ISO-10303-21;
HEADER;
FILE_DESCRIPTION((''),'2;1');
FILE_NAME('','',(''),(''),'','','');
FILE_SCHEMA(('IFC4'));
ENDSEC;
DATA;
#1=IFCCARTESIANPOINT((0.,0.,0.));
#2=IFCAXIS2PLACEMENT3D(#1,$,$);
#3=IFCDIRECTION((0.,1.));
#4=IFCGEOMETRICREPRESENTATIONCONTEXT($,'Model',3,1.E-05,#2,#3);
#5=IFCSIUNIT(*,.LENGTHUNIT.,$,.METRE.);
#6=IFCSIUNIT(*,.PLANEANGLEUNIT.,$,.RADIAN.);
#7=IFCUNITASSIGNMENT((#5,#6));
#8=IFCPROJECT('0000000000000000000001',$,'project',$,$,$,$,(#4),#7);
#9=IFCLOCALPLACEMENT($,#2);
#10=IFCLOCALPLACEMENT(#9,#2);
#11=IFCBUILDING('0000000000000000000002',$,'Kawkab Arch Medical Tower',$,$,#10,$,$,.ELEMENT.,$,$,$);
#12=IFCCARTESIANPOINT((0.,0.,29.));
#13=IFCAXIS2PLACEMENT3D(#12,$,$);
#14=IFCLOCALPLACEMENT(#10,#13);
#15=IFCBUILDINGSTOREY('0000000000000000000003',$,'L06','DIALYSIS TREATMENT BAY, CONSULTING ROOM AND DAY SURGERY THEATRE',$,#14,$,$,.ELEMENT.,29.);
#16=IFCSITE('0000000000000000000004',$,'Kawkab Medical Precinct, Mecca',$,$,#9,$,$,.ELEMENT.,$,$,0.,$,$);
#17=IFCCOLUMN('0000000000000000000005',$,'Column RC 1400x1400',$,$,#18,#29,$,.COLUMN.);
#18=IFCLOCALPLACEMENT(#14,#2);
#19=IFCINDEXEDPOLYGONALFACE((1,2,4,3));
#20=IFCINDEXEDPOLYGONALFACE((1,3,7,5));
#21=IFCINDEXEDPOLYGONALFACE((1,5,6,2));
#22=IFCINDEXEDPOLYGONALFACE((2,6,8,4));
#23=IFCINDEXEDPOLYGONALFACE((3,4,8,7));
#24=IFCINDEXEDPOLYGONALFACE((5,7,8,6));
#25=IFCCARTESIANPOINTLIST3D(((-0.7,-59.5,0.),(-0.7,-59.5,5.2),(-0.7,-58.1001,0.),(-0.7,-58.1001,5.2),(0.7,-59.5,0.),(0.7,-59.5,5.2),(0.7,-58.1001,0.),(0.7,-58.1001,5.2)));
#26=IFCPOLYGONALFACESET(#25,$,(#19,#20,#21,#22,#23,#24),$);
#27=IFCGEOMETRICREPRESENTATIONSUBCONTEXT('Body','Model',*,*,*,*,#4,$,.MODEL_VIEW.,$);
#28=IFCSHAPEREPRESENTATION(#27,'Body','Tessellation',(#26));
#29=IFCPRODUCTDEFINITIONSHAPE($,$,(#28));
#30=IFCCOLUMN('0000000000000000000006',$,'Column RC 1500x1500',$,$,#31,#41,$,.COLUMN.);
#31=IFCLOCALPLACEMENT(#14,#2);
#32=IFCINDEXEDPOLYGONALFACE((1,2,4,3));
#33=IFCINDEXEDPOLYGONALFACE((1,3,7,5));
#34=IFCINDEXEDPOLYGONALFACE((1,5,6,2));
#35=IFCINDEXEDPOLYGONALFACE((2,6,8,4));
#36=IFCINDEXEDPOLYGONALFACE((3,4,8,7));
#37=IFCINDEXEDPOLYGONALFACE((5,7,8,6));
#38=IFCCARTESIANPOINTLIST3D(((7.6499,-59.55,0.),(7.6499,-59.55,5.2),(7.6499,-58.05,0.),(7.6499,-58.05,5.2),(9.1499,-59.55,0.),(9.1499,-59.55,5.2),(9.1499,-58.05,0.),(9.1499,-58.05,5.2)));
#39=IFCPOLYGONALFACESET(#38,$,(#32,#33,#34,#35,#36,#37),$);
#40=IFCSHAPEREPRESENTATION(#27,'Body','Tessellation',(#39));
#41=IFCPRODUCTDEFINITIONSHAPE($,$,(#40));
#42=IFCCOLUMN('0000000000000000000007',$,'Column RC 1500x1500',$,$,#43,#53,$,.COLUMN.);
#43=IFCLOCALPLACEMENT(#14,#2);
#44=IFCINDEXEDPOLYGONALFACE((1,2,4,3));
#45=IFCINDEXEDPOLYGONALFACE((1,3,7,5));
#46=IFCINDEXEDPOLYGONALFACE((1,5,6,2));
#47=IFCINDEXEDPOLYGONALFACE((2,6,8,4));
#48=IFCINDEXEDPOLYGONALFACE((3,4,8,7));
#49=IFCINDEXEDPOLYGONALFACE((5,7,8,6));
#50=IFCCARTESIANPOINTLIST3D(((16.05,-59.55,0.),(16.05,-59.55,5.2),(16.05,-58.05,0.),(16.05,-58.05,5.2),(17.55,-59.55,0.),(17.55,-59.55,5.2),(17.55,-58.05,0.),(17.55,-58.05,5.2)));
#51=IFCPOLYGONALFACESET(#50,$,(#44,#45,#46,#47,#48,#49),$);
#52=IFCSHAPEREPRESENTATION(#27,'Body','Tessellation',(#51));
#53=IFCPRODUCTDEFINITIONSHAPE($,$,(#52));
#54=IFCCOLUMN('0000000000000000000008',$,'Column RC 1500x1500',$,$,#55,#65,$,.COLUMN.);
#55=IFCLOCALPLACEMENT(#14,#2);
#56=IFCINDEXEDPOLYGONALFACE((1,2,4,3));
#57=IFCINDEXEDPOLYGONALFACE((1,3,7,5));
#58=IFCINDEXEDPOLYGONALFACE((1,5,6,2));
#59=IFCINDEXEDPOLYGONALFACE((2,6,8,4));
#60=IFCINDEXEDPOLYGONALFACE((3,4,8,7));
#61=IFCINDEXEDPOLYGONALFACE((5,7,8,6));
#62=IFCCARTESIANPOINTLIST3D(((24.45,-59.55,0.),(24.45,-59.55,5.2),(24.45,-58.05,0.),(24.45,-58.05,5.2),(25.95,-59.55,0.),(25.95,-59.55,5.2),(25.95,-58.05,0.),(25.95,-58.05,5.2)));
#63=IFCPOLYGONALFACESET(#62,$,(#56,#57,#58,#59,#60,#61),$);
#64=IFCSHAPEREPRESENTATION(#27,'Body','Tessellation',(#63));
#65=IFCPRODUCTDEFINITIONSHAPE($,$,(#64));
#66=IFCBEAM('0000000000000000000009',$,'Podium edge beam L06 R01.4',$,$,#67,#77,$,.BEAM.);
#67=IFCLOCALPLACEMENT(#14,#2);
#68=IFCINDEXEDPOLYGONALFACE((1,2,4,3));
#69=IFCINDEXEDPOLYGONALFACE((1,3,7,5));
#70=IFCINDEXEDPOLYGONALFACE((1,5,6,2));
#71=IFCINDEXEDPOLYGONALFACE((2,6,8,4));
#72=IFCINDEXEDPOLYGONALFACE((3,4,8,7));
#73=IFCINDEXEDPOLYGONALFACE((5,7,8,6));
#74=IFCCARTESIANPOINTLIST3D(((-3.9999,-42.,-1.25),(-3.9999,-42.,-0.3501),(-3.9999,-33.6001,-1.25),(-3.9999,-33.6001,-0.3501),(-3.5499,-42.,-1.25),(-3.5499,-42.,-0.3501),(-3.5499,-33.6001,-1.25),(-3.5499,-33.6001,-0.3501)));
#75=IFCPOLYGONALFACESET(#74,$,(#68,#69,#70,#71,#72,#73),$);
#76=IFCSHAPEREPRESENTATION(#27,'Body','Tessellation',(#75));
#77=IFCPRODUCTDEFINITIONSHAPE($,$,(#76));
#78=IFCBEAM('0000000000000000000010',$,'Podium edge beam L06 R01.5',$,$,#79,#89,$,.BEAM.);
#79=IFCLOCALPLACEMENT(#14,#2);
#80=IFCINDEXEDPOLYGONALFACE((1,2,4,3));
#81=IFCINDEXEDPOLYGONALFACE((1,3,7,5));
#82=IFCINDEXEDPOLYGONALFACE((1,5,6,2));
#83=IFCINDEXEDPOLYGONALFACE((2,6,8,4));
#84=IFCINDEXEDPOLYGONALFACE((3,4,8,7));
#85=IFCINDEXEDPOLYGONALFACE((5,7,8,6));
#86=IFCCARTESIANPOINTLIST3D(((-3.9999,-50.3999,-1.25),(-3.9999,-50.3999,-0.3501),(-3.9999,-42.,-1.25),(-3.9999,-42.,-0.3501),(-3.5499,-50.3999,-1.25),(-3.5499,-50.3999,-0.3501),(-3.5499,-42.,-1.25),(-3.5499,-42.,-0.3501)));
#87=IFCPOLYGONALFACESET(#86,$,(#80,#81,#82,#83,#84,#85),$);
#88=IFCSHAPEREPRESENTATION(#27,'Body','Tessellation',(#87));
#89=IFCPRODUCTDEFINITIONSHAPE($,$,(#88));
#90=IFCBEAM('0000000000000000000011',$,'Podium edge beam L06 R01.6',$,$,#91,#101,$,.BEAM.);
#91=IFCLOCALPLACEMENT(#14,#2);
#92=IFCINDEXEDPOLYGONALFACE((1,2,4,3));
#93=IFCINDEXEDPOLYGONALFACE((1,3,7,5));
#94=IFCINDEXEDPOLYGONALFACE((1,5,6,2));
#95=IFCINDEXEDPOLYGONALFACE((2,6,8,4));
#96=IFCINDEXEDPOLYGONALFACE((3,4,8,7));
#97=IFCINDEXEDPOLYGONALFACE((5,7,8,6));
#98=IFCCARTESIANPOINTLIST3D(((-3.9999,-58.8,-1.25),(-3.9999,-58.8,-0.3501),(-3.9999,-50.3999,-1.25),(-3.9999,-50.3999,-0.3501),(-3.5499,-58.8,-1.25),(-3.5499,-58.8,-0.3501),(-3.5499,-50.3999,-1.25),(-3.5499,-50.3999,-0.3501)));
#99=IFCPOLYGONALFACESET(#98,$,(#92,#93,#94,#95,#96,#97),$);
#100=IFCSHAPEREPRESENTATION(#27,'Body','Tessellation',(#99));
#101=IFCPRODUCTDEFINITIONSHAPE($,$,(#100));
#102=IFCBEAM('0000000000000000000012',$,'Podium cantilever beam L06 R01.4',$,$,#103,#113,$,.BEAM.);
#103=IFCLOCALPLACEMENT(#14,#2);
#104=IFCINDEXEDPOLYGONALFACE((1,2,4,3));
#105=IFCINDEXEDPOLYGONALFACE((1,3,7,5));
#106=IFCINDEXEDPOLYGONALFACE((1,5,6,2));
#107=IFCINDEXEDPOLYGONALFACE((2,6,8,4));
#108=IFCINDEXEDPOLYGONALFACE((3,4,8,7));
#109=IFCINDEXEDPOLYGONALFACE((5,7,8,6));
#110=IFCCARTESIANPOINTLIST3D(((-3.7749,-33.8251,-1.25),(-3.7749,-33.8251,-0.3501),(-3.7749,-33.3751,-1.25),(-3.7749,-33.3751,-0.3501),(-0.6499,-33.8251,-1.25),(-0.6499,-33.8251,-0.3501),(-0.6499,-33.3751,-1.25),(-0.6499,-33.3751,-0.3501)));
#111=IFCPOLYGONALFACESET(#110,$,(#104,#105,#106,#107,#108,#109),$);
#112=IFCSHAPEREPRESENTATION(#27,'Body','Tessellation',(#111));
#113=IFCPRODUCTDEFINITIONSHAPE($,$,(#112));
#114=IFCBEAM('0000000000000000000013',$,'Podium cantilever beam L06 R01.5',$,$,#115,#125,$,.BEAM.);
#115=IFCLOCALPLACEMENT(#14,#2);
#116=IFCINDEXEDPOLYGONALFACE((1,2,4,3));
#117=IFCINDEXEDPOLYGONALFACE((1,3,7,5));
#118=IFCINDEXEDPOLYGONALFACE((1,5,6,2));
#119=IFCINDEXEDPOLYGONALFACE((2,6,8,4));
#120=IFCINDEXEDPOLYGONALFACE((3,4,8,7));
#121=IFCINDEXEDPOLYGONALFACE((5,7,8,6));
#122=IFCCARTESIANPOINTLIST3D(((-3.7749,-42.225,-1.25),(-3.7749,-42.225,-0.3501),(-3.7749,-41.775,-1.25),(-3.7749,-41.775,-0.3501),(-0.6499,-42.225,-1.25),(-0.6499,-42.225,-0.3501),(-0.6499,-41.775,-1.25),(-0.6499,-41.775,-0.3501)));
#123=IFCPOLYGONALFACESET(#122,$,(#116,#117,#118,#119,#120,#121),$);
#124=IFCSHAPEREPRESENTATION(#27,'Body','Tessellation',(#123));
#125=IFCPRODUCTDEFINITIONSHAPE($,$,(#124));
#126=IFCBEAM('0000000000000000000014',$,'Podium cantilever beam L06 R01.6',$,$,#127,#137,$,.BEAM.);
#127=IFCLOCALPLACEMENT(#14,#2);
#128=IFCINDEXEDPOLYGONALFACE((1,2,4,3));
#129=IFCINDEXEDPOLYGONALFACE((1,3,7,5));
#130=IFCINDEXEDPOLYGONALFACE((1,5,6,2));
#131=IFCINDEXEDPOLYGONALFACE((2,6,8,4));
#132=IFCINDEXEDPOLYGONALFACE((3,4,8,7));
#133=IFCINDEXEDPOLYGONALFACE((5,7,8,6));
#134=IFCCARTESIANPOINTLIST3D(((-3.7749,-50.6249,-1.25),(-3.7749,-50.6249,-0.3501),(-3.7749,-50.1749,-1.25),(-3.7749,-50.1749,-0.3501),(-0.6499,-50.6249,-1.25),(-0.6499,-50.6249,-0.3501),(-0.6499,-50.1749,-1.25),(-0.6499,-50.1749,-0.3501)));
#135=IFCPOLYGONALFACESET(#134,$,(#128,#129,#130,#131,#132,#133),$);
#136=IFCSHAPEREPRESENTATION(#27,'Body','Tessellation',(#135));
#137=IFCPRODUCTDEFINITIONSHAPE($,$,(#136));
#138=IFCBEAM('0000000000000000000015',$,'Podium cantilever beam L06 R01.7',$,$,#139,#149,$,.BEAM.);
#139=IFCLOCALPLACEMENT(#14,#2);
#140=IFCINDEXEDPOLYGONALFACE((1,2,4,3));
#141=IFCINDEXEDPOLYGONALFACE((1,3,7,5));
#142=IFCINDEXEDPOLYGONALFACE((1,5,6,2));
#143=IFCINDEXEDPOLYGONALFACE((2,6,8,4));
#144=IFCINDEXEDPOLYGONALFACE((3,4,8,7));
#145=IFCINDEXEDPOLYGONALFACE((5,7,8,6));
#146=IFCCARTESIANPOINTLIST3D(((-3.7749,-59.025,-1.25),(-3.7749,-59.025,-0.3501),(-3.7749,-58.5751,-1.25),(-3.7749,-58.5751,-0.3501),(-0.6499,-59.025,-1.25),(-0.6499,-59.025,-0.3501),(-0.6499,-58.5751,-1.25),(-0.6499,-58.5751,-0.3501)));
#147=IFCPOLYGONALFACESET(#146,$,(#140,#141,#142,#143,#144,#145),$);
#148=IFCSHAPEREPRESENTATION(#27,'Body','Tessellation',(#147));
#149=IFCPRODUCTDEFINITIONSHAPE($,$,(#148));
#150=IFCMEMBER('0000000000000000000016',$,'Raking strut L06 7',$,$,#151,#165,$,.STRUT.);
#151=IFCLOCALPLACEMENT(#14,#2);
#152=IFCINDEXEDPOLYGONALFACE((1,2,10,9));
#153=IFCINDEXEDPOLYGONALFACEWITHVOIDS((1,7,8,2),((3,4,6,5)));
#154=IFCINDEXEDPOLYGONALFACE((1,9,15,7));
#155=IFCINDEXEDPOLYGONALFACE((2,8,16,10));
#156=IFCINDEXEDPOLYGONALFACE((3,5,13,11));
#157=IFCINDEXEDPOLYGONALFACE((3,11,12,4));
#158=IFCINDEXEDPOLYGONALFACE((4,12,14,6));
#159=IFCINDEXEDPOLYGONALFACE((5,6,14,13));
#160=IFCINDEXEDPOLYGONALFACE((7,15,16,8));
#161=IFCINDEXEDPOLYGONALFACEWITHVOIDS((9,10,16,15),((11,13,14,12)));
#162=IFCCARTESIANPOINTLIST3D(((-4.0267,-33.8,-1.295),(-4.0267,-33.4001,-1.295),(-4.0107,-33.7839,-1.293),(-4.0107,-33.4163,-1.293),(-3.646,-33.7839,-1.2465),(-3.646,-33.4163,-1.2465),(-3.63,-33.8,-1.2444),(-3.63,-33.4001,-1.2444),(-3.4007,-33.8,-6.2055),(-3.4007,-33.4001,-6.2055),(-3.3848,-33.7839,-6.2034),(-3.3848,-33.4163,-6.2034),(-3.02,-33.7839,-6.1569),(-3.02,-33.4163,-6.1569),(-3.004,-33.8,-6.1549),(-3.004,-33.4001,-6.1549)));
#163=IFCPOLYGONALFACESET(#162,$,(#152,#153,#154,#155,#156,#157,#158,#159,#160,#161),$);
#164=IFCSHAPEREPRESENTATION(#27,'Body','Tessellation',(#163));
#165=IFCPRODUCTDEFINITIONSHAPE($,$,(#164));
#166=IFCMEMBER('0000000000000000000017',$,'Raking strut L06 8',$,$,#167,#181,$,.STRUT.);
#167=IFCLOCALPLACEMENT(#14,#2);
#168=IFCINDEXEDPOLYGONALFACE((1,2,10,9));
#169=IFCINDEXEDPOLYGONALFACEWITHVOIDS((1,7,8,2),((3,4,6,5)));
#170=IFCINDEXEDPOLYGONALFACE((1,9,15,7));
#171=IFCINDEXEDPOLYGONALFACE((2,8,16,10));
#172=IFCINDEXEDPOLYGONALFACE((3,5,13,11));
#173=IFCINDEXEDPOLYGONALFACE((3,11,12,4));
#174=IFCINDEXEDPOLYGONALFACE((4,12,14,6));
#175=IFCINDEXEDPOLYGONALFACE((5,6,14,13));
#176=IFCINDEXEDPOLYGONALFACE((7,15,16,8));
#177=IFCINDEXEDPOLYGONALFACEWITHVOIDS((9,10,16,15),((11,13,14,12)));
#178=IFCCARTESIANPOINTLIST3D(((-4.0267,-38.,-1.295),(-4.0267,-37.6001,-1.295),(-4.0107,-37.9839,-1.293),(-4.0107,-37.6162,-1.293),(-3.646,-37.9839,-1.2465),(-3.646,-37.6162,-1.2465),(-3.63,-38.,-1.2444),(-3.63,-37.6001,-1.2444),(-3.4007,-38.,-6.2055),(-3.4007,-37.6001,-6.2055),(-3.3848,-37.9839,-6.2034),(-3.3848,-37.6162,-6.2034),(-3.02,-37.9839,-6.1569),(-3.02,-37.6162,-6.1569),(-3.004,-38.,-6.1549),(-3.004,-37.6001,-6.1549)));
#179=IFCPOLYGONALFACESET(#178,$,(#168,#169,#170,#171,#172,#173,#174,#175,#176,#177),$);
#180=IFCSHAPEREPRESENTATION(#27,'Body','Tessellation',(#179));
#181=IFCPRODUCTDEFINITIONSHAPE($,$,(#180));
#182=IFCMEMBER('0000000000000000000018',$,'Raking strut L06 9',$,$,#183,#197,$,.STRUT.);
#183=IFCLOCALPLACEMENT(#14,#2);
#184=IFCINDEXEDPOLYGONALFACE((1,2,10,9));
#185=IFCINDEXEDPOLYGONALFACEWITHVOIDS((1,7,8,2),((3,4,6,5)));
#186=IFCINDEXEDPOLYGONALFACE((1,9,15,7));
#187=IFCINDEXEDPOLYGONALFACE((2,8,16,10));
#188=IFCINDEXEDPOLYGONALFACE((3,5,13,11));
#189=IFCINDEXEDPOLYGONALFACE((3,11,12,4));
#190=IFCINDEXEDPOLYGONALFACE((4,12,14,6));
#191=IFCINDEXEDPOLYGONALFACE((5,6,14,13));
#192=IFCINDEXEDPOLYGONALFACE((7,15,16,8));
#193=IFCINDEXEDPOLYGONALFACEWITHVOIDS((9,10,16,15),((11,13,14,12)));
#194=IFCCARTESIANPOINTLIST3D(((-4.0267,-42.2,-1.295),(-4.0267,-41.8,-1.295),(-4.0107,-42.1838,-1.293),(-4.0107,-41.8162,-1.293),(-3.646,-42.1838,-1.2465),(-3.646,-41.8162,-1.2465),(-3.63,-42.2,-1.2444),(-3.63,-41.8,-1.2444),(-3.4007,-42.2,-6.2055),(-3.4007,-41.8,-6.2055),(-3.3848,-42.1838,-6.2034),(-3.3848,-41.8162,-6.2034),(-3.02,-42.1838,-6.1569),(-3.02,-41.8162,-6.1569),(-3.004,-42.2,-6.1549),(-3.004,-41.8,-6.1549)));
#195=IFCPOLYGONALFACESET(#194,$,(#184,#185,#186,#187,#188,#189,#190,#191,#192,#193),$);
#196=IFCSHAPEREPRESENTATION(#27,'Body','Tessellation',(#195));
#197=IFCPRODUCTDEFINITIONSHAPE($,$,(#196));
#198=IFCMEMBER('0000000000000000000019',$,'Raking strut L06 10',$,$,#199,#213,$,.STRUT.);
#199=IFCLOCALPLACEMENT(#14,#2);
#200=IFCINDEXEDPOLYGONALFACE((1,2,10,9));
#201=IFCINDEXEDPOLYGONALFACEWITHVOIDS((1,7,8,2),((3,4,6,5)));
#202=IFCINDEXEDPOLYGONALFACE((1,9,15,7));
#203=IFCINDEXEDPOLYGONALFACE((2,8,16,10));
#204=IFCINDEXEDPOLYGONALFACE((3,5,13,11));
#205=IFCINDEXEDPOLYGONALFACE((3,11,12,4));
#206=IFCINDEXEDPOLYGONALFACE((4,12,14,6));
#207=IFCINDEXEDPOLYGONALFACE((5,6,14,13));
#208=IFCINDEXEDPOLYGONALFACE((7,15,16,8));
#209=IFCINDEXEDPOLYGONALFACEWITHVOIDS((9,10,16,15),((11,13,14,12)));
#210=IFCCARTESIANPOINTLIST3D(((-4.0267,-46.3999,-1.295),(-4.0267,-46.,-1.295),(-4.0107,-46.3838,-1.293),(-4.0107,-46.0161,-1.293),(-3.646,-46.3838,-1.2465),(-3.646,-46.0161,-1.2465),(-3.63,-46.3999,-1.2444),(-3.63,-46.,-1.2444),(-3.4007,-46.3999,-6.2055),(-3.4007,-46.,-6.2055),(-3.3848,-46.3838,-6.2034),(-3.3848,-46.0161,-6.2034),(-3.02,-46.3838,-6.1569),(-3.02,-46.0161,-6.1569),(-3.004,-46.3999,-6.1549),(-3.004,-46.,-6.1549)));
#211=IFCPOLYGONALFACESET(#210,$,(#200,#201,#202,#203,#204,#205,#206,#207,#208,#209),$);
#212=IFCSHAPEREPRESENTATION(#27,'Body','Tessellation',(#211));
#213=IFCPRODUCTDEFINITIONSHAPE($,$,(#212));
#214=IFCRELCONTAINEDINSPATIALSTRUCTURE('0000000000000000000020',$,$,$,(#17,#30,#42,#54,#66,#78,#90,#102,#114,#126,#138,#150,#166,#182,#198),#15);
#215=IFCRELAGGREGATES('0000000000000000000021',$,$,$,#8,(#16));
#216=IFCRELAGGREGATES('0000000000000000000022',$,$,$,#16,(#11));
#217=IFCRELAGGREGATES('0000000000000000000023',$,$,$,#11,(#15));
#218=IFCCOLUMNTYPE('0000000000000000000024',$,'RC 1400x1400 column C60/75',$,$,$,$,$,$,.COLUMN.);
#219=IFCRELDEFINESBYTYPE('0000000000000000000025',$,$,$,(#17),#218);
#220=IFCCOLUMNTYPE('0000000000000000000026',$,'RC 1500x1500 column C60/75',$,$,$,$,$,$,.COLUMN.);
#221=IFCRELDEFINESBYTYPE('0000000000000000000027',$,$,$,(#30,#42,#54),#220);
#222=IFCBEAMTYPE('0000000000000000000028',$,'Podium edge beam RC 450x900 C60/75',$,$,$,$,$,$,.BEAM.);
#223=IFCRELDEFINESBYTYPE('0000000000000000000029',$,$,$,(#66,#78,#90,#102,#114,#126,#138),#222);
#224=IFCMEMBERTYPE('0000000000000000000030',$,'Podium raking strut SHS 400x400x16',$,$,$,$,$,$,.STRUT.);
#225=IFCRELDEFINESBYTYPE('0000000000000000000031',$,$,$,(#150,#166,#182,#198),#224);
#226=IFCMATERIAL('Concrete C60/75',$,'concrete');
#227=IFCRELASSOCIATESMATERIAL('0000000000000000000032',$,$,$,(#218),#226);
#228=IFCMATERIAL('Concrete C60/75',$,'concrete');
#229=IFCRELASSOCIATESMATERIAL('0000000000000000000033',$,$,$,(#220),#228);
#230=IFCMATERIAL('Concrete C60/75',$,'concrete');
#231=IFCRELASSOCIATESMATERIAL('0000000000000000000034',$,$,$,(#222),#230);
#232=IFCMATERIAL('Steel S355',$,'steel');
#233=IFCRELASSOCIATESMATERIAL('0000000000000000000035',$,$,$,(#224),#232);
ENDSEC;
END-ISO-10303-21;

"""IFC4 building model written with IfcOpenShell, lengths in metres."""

from ifc_helpers import new_model, si_unit, direction, frame, origin, origin_2d, place, context, subcontext, project, spatial, rectangle, hollow_rectangle, extrude, material, material_profile, profile_set, type_object, element, save


model = new_model("IFC4")

# Units and contexts
model_context = context("Model", 3, precision=1e-05, world=origin(), true_north=direction((0.0, 1.0)))
body_context = subcontext(model_context, "Body", "Model", "MODEL_VIEW")
ifc_project = project(units=[si_unit("LENGTHUNIT", "METRE"), si_unit("PLANEANGLEUNIT", "RADIAN")], contexts=[model_context])

# Site, building, storey
site_placement = place(None, origin())
site = spatial("IfcSite", under=ifc_project, at=site_placement, Name="Kawkab Medical Precinct, Mecca", CompositionType="ELEMENT", RefElevation=0.0)
building_placement = place(site_placement, origin())
building = spatial("IfcBuilding", under=site, at=building_placement, Name="Kawkab Arch Medical Tower", CompositionType="ELEMENT")
storey_placement = place(building_placement, frame((0.0, 0.0, 29.0)))
storey = spatial("IfcBuildingStorey", under=building, at=storey_placement, Name="L06", Description="DIALYSIS TREATMENT BAY, CONSULTING ROOM AND DAY SURGERY THEATRE", CompositionType="ELEMENT", Elevation=29.0)

# Columns
ifc_material_1 = material(Name="Concrete C60/75", Category="concrete")
ifc_material_profile_1 = material_profile(ifc_material_1, rectangle(XDim=1.3999, YDim=1.3999, at=origin_2d()), Name="RC 1400x1400")
ifc_profile_set_1 = profile_set([ifc_material_profile_1], Name="Concrete C60/75")
column_type_1 = type_object("IfcColumnType", Name="RC 1400x1400 column C60/75", PredefinedType="COLUMN", material=ifc_profile_set_1)
column_placement = place(storey_placement, frame((0.0, -58.8, 0.0), z_axis=(0.0, 0.0, 1.0), x_axis=(1.0, 0.0, 0.0)))
element("IfcColumn", 1, at=column_placement, inside=storey, type_object=column_type_1, Name="Column RC 1400x1400", PredefinedType="COLUMN", context=body_context, shape_type="SweptSolid", body=[
    extrude(rectangle(XDim=1.3999, YDim=1.3999, at=origin_2d()), origin(), (0.0, 0.0, 1.0), 5.2),
])
ifc_material_2 = material(Name="Concrete C60/75", Category="concrete")
ifc_material_profile_2 = material_profile(ifc_material_2, rectangle(XDim=1.5, YDim=1.5, at=origin_2d()), Name="RC 1500x1500")
ifc_profile_set_2 = profile_set([ifc_material_profile_2], Name="Concrete C60/75")
column_type_2 = type_object("IfcColumnType", Name="RC 1500x1500 column C60/75", PredefinedType="COLUMN", material=ifc_profile_set_2)
for number, where, z_axis, x_axis, name in (
    (2, (8.3999, -58.8, 0.0), (0.0, 0.0, 1.0), (1.0, 0.0, 0.0), "Column RC 1500x1500"),
    (3, (16.8, -58.8, 0.0), (0.0, 0.0, 1.0), (1.0, 0.0, 0.0), "Column RC 1500x1500"),
    (4, (25.2, -58.8, 0.0), (0.0, 0.0, 1.0), (1.0, 0.0, 0.0), "Column RC 1500x1500"),
):
    element("IfcColumn", number, at=place(storey_placement, frame(where, z_axis=z_axis, x_axis=x_axis)), inside=storey, type_object=column_type_2, Name=name, PredefinedType="COLUMN", context=body_context, shape_type="SweptSolid", body=[
        extrude(rectangle(XDim=1.5, YDim=1.5, at=origin_2d()), origin(), (0.0, 0.0, 1.0), 5.2),
    ])

# Beams
ifc_material_3 = material(Name="Concrete C60/75", Category="concrete")
ifc_material_profile_3 = material_profile(ifc_material_3, rectangle(XDim=0.45, YDim=0.8999, at=origin_2d()), Name="RC 450x900")
ifc_profile_set_3 = profile_set([ifc_material_profile_3], Name="Concrete C60/75")
beam_type_1 = type_object("IfcBeamType", Name="Podium edge beam RC 450x900 C60/75", PredefinedType="BEAM", material=ifc_profile_set_3)
for number, where, z_axis, x_axis, name in (
    (5, (-3.7749, -33.6001, -0.8), (0.0, -1.0, 0.0), (1.0, 0.0, 0.0), "Podium edge beam L06 R01.4"),
    (6, (-3.7749, -42.0, -0.8), (0.0, -1.0, 0.0), (1.0, 0.0, 0.0), "Podium edge beam L06 R01.5"),
):
    element("IfcBeam", number, at=place(storey_placement, frame(where, z_axis=z_axis, x_axis=x_axis)), inside=storey, type_object=beam_type_1, Name=name, PredefinedType="BEAM", context=body_context, shape_type="SweptSolid", body=[
        extrude(rectangle(XDim=0.45, YDim=0.8999, at=origin_2d()), origin(), (0.0, 0.0, 1.0), 8.3999),
    ])
beam_placement = place(storey_placement, frame((-3.7749, -50.3999, -0.8), z_axis=(0.0, -1.0, 0.0), x_axis=(1.0, 0.0, 0.0)))
element("IfcBeam", 7, at=beam_placement, inside=storey, type_object=beam_type_1, Name="Podium edge beam L06 R01.6", PredefinedType="BEAM", context=body_context, shape_type="SweptSolid", body=[
    extrude(rectangle(XDim=0.45, YDim=0.8999, at=origin_2d()), origin(), (0.0, 0.0, 1.0), 8.4001),
])
for number, where, z_axis, x_axis, name in (
    (8, (-0.6499, -33.6001, -0.8), (-1.0, 0.0, 0.0), (0.0, -1.0, 0.0), "Podium cantilever beam L06 R01.4"),
    (9, (-0.6499, -42.0, -0.8), (-1.0, 0.0, 0.0), (0.0, -1.0, 0.0), "Podium cantilever beam L06 R01.5"),
    (10, (-0.6499, -50.3999, -0.8), (-1.0, 0.0, 0.0), (0.0, -1.0, 0.0), "Podium cantilever beam L06 R01.6"),
    (11, (-0.6499, -58.8, -0.8), (-1.0, 0.0, 0.0), (0.0, -1.0, 0.0), "Podium cantilever beam L06 R01.7"),
):
    element("IfcBeam", number, at=place(storey_placement, frame(where, z_axis=z_axis, x_axis=x_axis)), inside=storey, type_object=beam_type_1, Name=name, PredefinedType="BEAM", context=body_context, shape_type="SweptSolid", body=[
        extrude(rectangle(XDim=0.45, YDim=0.8999, at=origin_2d()), origin(), (0.0, 0.0, 1.0), 3.125),
    ])

# Members
ifc_material_4 = material(Name="Steel S355", Category="steel")
ifc_material_profile_4 = material_profile(ifc_material_4, hollow_rectangle(XDim=0.3999, YDim=0.3999, WallThickness=0.0161, at=origin_2d()), Name="SHS 400x400x16")
ifc_profile_set_4 = profile_set([ifc_material_profile_4], Name="Steel S355")
member_type_1 = type_object("IfcMemberType", Name="Podium raking strut SHS 400x400x16", PredefinedType="STRUT", material=ifc_profile_set_4)
for number, where, z_axis, x_axis, name in (
    (12, (-3.2024, -33.6001, -6.1802), (-0.126456, 0.0, 0.991972), (0.0, -1.0, 0.0), "Raking strut L06 7"),
    (13, (-3.2024, -37.8, -6.1802), (-0.126456, 0.0, 0.991972), (0.0, -1.0, 0.0), "Raking strut L06 8"),
    (14, (-3.2024, -42.0, -6.1802), (-0.126456, 0.0, 0.991972), (0.0, -1.0, 0.0), "Raking strut L06 9"),
    (15, (-3.2024, -46.2, -6.1802), (-0.126456, 0.0, 0.991972), (0.0, -1.0, 0.0), "Raking strut L06 10"),
):
    element("IfcMember", number, at=place(storey_placement, frame(where, z_axis=z_axis, x_axis=x_axis)), inside=storey, type_object=member_type_1, Name=name, PredefinedType="STRUT", context=body_context, shape_type="SweptSolid", body=[
        extrude(hollow_rectangle(XDim=0.3999, YDim=0.3999, WallThickness=0.0161, at=origin_2d()), origin(), (0.0, 0.0, 1.0), 4.9502),
    ])

save(model, "model.ifc")
